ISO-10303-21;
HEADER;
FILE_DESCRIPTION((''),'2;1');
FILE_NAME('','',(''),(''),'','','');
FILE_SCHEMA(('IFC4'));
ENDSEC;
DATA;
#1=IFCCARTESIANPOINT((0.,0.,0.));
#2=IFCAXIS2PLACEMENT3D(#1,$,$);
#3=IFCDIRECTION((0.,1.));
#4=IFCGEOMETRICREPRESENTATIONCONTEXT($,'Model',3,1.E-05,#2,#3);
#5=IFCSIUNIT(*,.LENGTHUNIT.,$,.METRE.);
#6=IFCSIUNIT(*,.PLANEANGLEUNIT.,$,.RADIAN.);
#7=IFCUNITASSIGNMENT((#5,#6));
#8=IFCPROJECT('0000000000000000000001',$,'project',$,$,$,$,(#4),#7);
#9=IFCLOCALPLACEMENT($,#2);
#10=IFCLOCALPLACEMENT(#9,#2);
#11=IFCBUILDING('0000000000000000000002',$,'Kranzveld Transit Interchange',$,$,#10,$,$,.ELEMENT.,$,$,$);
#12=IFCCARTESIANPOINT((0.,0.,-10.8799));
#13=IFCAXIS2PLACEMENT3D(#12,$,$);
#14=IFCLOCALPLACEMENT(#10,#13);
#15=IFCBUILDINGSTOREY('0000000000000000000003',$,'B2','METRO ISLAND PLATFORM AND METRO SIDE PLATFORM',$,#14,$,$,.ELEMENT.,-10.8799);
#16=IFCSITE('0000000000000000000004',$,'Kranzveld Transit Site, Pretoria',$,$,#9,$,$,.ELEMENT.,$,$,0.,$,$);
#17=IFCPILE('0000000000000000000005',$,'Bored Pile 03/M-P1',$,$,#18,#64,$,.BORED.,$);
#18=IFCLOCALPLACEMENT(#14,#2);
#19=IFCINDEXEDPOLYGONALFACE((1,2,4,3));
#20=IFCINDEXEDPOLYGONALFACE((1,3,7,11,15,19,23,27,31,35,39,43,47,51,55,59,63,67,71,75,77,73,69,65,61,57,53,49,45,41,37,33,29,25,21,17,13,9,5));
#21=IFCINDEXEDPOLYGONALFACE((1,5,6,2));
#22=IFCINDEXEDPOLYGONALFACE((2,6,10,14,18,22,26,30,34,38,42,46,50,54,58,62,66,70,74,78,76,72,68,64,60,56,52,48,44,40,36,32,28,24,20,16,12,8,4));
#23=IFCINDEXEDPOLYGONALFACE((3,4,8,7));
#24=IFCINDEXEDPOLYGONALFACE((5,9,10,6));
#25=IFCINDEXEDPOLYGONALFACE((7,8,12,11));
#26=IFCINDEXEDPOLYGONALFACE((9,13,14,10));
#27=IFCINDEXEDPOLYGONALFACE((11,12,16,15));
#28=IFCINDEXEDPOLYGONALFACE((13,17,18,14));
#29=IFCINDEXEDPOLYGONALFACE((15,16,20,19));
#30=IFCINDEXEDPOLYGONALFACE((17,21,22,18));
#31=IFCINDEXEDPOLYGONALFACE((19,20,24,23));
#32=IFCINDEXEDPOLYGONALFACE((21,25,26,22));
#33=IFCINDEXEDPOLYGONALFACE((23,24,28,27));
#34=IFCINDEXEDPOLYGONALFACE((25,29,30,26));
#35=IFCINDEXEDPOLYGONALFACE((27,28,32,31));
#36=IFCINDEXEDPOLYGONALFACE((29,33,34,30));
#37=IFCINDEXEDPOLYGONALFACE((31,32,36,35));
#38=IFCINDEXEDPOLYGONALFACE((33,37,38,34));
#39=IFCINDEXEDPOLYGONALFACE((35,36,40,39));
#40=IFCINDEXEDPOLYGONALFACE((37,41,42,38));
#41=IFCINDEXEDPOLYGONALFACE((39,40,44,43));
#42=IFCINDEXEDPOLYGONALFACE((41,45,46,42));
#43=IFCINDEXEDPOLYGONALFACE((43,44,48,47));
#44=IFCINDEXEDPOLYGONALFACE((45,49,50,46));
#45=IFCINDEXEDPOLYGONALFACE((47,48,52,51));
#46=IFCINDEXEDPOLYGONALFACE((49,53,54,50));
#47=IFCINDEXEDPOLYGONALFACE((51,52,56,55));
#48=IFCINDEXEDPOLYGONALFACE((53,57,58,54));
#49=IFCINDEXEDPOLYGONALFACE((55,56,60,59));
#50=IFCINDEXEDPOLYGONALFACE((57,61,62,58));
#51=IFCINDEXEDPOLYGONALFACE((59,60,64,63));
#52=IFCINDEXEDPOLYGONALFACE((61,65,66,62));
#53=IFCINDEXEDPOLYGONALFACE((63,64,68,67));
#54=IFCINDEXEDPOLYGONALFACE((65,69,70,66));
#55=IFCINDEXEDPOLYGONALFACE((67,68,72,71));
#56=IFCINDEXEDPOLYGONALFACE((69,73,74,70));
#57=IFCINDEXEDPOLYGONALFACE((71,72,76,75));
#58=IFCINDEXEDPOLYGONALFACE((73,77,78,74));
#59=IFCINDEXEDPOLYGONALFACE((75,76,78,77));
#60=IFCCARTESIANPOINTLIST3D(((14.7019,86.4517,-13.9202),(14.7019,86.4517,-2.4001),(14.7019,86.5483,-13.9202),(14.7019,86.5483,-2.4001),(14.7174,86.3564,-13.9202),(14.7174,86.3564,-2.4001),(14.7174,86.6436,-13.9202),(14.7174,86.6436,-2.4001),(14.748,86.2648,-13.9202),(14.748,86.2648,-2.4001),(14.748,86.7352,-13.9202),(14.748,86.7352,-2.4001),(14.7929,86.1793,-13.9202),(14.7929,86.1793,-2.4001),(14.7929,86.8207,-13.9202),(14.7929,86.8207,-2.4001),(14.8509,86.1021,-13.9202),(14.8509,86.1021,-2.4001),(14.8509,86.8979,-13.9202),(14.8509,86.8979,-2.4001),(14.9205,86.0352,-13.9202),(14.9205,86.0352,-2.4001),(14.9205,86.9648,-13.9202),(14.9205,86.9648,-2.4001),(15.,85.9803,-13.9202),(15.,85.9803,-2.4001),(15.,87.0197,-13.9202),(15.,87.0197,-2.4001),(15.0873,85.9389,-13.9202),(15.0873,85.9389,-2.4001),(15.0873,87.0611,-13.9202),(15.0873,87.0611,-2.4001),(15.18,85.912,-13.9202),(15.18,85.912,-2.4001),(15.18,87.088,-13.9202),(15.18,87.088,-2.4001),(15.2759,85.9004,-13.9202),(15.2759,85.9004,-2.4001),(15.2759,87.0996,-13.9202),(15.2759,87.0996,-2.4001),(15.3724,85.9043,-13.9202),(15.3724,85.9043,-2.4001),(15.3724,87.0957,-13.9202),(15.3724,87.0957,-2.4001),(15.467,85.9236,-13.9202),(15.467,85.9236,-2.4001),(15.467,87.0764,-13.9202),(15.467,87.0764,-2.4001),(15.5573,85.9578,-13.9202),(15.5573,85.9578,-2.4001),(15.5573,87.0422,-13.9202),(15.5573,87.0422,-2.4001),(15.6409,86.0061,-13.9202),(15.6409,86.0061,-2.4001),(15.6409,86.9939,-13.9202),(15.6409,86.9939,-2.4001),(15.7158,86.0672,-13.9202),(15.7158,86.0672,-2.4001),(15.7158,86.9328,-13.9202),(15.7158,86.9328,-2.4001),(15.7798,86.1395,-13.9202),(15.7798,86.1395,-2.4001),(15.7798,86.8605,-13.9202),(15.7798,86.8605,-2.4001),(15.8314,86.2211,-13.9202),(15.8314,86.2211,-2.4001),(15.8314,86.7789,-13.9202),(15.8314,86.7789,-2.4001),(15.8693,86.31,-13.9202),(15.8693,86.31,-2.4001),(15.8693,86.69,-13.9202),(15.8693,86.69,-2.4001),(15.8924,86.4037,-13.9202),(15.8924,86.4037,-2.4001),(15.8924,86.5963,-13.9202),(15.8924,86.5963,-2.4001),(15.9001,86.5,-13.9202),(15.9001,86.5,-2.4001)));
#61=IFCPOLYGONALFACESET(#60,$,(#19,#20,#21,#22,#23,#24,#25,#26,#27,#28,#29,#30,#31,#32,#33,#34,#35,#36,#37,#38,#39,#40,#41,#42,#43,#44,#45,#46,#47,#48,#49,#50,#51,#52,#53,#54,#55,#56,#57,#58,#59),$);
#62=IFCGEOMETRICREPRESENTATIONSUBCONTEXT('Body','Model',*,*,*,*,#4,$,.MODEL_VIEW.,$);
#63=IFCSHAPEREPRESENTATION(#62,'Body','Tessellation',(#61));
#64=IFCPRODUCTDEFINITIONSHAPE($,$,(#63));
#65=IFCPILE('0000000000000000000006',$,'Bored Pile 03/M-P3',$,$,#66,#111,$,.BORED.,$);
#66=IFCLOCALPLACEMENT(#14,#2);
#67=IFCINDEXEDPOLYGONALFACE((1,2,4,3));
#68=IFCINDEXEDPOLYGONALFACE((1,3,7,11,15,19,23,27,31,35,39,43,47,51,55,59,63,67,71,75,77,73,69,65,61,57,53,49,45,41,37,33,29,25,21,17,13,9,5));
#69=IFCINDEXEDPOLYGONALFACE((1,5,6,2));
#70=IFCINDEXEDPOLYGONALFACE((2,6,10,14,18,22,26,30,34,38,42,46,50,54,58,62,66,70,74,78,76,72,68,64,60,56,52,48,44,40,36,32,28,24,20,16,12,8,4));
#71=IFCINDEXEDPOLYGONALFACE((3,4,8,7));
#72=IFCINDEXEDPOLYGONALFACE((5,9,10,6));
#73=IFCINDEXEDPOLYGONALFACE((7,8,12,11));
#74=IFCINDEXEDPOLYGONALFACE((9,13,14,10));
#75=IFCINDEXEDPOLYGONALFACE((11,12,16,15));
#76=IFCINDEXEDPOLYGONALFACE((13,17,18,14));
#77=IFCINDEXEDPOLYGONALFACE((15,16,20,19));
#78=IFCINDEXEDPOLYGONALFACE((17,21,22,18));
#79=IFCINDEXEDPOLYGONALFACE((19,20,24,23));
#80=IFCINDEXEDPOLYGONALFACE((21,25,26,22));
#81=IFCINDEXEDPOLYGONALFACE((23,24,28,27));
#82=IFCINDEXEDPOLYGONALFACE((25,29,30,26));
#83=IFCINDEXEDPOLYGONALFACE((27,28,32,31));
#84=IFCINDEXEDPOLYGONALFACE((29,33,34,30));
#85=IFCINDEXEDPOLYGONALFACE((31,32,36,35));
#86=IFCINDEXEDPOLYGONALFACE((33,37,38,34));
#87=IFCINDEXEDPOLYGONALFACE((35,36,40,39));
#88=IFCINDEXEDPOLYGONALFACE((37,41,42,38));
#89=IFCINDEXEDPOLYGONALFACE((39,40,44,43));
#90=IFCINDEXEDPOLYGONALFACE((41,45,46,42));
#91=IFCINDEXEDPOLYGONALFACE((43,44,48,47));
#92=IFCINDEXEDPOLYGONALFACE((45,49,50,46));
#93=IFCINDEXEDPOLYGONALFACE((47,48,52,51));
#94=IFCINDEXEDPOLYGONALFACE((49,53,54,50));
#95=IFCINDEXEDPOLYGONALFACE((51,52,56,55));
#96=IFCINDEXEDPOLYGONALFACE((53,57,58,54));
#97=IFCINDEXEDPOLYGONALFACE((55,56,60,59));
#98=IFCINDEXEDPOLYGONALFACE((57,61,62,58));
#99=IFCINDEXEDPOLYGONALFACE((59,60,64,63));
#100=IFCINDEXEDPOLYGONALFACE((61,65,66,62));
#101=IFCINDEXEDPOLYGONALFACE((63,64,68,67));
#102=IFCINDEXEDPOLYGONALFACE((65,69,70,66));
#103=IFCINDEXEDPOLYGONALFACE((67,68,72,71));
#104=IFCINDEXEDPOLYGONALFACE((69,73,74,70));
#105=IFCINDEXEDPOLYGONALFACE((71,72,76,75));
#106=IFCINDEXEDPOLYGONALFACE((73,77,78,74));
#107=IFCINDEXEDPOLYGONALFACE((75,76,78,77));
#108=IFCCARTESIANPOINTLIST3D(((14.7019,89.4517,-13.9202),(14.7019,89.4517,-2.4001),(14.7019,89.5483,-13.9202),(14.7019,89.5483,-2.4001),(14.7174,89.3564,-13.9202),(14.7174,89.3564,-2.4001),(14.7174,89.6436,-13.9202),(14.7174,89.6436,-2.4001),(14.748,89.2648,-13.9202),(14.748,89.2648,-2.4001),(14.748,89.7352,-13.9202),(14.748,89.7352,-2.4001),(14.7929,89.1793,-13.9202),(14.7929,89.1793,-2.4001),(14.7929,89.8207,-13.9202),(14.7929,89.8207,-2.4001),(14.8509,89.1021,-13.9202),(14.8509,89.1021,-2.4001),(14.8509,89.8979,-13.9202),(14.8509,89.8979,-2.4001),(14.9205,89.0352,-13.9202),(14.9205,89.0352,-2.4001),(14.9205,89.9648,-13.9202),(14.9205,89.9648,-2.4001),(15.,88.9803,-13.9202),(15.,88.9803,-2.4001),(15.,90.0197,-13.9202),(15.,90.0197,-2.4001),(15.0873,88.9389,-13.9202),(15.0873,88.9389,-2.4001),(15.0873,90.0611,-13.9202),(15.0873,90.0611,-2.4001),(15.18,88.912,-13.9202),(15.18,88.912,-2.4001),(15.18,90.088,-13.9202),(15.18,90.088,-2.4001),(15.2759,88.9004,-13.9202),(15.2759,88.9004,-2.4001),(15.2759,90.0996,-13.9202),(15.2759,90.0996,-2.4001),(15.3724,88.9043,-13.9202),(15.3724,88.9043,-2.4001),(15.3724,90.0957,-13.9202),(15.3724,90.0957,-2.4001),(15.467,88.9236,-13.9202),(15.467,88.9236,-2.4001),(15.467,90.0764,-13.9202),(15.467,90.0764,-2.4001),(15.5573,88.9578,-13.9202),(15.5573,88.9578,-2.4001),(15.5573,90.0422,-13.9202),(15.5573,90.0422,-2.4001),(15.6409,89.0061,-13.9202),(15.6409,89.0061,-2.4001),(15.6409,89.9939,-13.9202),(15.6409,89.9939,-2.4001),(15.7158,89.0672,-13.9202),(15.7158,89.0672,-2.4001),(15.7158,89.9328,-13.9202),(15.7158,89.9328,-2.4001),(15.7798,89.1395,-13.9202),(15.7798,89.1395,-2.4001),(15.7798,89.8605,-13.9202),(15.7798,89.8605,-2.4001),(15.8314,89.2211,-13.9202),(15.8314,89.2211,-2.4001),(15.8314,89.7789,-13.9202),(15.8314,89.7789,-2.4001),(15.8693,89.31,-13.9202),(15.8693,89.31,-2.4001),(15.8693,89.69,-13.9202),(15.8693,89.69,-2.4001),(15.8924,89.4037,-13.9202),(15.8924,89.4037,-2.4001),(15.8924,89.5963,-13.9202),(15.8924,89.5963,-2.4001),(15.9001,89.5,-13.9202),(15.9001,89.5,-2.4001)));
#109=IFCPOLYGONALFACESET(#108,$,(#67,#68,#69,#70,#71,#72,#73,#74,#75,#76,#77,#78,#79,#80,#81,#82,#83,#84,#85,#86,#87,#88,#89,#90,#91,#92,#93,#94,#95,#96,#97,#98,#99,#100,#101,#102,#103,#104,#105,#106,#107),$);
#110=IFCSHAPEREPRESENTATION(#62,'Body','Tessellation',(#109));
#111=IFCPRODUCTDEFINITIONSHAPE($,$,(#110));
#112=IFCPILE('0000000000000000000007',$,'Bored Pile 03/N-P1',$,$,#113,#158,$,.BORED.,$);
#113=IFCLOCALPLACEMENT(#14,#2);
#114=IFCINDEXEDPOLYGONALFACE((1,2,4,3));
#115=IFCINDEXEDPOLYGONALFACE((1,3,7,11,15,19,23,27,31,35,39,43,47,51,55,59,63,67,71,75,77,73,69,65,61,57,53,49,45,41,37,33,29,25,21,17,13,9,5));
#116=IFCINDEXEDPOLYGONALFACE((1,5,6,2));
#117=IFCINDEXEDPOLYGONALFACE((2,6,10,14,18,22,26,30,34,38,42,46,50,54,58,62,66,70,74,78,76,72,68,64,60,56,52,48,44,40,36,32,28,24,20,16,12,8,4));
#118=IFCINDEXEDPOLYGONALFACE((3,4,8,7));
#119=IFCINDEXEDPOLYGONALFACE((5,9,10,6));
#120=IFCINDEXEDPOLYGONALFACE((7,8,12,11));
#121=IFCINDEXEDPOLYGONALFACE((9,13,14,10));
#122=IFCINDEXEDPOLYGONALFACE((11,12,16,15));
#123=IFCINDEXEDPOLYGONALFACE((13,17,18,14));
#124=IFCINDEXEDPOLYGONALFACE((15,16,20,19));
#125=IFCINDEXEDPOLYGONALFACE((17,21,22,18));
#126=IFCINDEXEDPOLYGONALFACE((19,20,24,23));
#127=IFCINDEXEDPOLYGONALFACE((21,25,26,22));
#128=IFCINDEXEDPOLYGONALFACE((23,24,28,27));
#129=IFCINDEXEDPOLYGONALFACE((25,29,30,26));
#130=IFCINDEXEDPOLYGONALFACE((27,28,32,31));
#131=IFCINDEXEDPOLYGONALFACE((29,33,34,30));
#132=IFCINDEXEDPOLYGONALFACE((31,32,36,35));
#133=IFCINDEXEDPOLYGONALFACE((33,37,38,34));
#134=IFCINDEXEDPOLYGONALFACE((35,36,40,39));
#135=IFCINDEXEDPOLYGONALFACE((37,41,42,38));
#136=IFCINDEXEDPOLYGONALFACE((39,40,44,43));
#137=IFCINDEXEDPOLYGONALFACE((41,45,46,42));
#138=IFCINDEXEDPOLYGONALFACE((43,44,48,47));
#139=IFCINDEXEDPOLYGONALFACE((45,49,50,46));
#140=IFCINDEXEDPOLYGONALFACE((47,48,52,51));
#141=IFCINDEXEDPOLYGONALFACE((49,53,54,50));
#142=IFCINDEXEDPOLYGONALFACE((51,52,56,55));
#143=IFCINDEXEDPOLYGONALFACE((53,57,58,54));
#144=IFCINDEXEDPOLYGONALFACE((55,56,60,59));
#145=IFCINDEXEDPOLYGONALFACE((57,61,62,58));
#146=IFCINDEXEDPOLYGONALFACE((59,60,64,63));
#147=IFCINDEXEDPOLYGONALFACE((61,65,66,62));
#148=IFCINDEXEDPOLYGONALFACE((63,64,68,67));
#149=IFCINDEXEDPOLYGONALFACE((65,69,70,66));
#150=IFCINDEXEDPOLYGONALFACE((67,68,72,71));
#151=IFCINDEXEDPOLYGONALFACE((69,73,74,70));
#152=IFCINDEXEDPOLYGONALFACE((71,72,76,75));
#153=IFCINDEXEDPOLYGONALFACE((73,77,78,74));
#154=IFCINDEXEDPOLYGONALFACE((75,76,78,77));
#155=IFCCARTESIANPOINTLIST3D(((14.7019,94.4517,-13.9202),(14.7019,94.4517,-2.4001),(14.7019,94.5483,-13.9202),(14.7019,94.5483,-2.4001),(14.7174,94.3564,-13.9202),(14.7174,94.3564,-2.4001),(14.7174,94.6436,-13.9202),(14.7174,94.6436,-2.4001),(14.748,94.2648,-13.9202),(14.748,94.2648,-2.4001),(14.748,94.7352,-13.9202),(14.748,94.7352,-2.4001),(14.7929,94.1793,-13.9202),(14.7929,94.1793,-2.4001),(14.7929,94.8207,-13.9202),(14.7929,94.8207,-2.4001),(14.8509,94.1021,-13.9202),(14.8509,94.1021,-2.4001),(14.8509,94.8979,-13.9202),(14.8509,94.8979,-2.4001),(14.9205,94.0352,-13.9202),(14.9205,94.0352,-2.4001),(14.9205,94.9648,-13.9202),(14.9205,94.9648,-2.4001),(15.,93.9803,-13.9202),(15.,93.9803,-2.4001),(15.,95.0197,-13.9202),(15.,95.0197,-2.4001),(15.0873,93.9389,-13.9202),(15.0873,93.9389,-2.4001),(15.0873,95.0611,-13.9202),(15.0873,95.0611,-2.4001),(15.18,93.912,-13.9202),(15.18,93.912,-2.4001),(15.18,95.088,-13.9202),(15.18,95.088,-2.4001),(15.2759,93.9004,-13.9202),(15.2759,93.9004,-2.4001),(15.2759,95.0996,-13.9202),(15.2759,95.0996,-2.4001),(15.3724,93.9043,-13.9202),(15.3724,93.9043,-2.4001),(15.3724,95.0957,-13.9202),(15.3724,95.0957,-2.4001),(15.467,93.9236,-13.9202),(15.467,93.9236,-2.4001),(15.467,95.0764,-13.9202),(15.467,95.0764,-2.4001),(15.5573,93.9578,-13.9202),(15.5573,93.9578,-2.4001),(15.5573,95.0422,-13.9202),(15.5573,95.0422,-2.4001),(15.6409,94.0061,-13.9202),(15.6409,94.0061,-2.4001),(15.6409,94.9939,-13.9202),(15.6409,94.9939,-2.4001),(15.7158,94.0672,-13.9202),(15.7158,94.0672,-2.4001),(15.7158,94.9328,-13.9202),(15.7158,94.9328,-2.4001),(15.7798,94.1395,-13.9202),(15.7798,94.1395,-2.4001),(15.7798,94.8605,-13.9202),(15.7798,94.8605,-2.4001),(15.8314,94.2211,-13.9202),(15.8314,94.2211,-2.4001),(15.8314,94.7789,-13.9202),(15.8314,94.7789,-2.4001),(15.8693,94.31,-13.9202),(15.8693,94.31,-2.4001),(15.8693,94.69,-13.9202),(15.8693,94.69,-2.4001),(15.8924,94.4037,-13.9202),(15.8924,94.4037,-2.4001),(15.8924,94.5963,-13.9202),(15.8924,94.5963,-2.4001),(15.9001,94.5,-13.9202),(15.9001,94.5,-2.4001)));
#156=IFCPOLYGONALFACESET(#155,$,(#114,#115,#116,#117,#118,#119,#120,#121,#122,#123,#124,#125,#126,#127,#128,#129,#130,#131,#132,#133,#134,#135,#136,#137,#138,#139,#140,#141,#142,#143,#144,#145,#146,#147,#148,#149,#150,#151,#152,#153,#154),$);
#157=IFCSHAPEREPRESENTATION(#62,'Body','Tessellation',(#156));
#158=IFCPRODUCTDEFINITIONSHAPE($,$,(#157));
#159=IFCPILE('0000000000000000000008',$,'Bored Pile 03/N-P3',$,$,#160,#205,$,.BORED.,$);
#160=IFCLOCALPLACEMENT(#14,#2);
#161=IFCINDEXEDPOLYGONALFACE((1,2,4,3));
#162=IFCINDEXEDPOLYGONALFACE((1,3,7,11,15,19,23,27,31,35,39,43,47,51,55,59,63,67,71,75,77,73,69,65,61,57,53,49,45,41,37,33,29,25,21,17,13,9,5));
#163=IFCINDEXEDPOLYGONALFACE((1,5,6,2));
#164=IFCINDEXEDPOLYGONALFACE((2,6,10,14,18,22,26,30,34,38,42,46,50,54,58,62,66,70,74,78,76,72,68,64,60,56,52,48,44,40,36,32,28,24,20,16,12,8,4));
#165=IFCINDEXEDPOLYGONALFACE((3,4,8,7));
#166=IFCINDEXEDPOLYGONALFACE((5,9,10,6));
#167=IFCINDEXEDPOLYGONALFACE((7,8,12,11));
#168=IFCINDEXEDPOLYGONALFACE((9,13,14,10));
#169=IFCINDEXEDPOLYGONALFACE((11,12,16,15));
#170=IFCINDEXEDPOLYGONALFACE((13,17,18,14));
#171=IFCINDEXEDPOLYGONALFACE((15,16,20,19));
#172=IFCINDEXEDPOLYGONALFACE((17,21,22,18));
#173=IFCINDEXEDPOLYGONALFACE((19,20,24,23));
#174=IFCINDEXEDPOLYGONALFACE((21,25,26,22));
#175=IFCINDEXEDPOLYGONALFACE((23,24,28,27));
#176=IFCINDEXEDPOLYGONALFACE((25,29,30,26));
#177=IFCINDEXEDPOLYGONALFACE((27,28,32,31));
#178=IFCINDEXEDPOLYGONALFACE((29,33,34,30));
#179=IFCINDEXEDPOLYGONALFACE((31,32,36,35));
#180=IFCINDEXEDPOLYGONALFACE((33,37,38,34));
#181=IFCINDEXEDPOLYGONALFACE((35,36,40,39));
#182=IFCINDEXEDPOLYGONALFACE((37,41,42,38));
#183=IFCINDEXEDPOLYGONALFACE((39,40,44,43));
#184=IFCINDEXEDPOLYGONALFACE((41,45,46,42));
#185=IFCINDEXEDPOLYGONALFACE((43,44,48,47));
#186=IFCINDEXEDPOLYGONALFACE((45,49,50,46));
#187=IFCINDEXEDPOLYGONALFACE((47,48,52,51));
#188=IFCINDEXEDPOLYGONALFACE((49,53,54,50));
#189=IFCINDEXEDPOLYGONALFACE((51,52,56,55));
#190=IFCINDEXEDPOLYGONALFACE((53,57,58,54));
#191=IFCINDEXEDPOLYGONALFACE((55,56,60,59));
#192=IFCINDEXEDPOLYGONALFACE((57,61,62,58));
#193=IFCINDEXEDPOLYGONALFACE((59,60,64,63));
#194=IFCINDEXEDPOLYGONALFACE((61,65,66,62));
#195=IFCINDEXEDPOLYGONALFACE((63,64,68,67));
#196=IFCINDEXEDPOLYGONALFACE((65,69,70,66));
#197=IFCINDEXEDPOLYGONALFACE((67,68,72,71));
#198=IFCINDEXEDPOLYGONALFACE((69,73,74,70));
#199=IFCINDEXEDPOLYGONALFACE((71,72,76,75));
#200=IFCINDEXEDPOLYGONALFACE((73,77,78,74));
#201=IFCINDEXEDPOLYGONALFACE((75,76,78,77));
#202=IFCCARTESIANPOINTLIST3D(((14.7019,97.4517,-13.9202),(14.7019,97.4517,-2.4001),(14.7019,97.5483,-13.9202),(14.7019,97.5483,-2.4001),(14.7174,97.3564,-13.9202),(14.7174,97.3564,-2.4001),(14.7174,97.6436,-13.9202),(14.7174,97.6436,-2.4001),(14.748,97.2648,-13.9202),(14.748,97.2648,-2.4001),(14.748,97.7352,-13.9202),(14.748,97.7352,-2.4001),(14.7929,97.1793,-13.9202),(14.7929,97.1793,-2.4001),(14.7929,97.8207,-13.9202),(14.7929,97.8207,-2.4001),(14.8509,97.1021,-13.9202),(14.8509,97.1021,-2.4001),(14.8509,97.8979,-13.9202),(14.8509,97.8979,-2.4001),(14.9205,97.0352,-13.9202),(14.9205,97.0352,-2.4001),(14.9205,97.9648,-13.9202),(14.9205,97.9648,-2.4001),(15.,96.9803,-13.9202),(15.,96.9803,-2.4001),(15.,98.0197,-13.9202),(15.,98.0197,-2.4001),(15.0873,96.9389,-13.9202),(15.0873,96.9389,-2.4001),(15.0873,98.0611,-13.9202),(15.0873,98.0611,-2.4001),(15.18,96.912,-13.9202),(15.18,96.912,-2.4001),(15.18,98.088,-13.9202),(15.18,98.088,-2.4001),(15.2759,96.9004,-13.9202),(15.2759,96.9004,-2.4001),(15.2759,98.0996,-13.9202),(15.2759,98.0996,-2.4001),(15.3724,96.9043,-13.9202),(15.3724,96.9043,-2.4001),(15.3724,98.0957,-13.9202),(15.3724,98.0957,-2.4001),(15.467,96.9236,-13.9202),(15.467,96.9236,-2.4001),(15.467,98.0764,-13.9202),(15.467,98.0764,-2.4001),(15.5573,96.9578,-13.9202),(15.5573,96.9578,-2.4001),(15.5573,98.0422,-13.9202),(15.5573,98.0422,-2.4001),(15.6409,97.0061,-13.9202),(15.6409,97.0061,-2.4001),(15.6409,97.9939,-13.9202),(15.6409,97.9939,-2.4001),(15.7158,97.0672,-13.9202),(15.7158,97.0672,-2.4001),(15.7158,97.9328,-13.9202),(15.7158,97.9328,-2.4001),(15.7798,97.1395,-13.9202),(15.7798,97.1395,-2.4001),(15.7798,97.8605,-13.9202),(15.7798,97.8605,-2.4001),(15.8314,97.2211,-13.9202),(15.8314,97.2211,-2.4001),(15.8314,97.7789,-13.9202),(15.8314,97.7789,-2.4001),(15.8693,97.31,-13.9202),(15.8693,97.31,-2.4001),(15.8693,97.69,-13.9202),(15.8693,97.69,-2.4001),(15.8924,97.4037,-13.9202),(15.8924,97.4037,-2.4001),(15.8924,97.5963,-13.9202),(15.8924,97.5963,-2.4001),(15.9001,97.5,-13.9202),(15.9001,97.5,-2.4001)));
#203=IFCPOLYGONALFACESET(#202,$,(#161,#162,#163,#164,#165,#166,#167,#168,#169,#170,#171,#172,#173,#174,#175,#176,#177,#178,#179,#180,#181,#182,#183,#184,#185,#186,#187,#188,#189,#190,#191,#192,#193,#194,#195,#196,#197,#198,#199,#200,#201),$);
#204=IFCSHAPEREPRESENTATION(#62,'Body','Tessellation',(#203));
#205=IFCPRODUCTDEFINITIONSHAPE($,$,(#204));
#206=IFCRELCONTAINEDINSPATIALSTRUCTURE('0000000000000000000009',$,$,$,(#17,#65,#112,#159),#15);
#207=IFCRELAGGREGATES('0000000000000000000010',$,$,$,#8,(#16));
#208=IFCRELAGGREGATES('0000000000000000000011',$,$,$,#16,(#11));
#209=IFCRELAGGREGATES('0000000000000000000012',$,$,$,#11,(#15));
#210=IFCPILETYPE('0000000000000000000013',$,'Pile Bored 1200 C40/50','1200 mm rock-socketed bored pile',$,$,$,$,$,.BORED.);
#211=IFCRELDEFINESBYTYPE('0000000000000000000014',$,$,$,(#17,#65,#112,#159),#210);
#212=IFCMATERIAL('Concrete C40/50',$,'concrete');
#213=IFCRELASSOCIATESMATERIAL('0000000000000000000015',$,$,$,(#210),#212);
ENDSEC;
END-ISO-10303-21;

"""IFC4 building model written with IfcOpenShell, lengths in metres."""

from ifc_helpers import new_model, si_unit, direction, frame, origin, origin_2d, place, context, subcontext, project, spatial, circle, extrude, material, material_profile, profile_set, type_object, element, save


model = new_model("IFC4")

# Units and contexts
model_context = context("Model", 3, precision=1e-05, world=origin(), true_north=direction((0.0, 1.0)))
body_context = subcontext(model_context, "Body", "Model", "MODEL_VIEW")
ifc_project = project(units=[si_unit("LENGTHUNIT", "METRE"), si_unit("PLANEANGLEUNIT", "RADIAN")], contexts=[model_context])

# Site, building, storey
site_placement = place(None, origin())
site = spatial("IfcSite", under=ifc_project, at=site_placement, Name="Kranzveld Transit Site, Pretoria", CompositionType="ELEMENT", RefElevation=0.0)
building_placement = place(site_placement, origin())
building = spatial("IfcBuilding", under=site, at=building_placement, Name="Kranzveld Transit Interchange", CompositionType="ELEMENT")
storey_placement = place(building_placement, frame((0.0, 0.0, -10.8799)))
storey = spatial("IfcBuildingStorey", under=building, at=storey_placement, Name="B2", Description="METRO ISLAND PLATFORM AND METRO SIDE PLATFORM", CompositionType="ELEMENT", Elevation=-10.8799)

# Piles
ifc_material_1 = material(Name="Concrete C40/50", Category="concrete")
ifc_material_profile_1 = material_profile(ifc_material_1, circle(Radius=0.6001, at=origin_2d()), Name="BORED PILE 1200")
ifc_profile_set_1 = profile_set([ifc_material_profile_1], Name="Concrete C40/50")
pile_type = type_object("IfcPileType", Name="Pile Bored 1200 C40/50", Description="1200 mm rock-socketed bored pile", PredefinedType="BORED", material=ifc_profile_set_1)
for number, where, z_axis, x_axis, name in (
    (1, (15.3, 86.5, -2.4001), (0.0, 0.0, -1.0), (1.0, 0.0, 0.0), "Bored Pile 03/M-P1"),
    (2, (15.3, 89.5, -2.4001), (0.0, 0.0, -1.0), (1.0, 0.0, 0.0), "Bored Pile 03/M-P3"),
    (3, (15.3, 94.5, -2.4001), (0.0, 0.0, -1.0), (1.0, 0.0, 0.0), "Bored Pile 03/N-P1"),
    (4, (15.3, 97.5, -2.4001), (0.0, 0.0, -1.0), (1.0, 0.0, 0.0), "Bored Pile 03/N-P3"),
):
    element("IfcPile", number, at=place(storey_placement, frame(where, z_axis=z_axis, x_axis=x_axis)), inside=storey, type_object=pile_type, Name=name, PredefinedType="BORED", context=body_context, shape_type="SweptSolid", body=[
        extrude(circle(Radius=0.6001, at=origin_2d()), origin(), (0.0, 0.0, 1.0), 11.52),
    ])

save(model, "model.ifc")
